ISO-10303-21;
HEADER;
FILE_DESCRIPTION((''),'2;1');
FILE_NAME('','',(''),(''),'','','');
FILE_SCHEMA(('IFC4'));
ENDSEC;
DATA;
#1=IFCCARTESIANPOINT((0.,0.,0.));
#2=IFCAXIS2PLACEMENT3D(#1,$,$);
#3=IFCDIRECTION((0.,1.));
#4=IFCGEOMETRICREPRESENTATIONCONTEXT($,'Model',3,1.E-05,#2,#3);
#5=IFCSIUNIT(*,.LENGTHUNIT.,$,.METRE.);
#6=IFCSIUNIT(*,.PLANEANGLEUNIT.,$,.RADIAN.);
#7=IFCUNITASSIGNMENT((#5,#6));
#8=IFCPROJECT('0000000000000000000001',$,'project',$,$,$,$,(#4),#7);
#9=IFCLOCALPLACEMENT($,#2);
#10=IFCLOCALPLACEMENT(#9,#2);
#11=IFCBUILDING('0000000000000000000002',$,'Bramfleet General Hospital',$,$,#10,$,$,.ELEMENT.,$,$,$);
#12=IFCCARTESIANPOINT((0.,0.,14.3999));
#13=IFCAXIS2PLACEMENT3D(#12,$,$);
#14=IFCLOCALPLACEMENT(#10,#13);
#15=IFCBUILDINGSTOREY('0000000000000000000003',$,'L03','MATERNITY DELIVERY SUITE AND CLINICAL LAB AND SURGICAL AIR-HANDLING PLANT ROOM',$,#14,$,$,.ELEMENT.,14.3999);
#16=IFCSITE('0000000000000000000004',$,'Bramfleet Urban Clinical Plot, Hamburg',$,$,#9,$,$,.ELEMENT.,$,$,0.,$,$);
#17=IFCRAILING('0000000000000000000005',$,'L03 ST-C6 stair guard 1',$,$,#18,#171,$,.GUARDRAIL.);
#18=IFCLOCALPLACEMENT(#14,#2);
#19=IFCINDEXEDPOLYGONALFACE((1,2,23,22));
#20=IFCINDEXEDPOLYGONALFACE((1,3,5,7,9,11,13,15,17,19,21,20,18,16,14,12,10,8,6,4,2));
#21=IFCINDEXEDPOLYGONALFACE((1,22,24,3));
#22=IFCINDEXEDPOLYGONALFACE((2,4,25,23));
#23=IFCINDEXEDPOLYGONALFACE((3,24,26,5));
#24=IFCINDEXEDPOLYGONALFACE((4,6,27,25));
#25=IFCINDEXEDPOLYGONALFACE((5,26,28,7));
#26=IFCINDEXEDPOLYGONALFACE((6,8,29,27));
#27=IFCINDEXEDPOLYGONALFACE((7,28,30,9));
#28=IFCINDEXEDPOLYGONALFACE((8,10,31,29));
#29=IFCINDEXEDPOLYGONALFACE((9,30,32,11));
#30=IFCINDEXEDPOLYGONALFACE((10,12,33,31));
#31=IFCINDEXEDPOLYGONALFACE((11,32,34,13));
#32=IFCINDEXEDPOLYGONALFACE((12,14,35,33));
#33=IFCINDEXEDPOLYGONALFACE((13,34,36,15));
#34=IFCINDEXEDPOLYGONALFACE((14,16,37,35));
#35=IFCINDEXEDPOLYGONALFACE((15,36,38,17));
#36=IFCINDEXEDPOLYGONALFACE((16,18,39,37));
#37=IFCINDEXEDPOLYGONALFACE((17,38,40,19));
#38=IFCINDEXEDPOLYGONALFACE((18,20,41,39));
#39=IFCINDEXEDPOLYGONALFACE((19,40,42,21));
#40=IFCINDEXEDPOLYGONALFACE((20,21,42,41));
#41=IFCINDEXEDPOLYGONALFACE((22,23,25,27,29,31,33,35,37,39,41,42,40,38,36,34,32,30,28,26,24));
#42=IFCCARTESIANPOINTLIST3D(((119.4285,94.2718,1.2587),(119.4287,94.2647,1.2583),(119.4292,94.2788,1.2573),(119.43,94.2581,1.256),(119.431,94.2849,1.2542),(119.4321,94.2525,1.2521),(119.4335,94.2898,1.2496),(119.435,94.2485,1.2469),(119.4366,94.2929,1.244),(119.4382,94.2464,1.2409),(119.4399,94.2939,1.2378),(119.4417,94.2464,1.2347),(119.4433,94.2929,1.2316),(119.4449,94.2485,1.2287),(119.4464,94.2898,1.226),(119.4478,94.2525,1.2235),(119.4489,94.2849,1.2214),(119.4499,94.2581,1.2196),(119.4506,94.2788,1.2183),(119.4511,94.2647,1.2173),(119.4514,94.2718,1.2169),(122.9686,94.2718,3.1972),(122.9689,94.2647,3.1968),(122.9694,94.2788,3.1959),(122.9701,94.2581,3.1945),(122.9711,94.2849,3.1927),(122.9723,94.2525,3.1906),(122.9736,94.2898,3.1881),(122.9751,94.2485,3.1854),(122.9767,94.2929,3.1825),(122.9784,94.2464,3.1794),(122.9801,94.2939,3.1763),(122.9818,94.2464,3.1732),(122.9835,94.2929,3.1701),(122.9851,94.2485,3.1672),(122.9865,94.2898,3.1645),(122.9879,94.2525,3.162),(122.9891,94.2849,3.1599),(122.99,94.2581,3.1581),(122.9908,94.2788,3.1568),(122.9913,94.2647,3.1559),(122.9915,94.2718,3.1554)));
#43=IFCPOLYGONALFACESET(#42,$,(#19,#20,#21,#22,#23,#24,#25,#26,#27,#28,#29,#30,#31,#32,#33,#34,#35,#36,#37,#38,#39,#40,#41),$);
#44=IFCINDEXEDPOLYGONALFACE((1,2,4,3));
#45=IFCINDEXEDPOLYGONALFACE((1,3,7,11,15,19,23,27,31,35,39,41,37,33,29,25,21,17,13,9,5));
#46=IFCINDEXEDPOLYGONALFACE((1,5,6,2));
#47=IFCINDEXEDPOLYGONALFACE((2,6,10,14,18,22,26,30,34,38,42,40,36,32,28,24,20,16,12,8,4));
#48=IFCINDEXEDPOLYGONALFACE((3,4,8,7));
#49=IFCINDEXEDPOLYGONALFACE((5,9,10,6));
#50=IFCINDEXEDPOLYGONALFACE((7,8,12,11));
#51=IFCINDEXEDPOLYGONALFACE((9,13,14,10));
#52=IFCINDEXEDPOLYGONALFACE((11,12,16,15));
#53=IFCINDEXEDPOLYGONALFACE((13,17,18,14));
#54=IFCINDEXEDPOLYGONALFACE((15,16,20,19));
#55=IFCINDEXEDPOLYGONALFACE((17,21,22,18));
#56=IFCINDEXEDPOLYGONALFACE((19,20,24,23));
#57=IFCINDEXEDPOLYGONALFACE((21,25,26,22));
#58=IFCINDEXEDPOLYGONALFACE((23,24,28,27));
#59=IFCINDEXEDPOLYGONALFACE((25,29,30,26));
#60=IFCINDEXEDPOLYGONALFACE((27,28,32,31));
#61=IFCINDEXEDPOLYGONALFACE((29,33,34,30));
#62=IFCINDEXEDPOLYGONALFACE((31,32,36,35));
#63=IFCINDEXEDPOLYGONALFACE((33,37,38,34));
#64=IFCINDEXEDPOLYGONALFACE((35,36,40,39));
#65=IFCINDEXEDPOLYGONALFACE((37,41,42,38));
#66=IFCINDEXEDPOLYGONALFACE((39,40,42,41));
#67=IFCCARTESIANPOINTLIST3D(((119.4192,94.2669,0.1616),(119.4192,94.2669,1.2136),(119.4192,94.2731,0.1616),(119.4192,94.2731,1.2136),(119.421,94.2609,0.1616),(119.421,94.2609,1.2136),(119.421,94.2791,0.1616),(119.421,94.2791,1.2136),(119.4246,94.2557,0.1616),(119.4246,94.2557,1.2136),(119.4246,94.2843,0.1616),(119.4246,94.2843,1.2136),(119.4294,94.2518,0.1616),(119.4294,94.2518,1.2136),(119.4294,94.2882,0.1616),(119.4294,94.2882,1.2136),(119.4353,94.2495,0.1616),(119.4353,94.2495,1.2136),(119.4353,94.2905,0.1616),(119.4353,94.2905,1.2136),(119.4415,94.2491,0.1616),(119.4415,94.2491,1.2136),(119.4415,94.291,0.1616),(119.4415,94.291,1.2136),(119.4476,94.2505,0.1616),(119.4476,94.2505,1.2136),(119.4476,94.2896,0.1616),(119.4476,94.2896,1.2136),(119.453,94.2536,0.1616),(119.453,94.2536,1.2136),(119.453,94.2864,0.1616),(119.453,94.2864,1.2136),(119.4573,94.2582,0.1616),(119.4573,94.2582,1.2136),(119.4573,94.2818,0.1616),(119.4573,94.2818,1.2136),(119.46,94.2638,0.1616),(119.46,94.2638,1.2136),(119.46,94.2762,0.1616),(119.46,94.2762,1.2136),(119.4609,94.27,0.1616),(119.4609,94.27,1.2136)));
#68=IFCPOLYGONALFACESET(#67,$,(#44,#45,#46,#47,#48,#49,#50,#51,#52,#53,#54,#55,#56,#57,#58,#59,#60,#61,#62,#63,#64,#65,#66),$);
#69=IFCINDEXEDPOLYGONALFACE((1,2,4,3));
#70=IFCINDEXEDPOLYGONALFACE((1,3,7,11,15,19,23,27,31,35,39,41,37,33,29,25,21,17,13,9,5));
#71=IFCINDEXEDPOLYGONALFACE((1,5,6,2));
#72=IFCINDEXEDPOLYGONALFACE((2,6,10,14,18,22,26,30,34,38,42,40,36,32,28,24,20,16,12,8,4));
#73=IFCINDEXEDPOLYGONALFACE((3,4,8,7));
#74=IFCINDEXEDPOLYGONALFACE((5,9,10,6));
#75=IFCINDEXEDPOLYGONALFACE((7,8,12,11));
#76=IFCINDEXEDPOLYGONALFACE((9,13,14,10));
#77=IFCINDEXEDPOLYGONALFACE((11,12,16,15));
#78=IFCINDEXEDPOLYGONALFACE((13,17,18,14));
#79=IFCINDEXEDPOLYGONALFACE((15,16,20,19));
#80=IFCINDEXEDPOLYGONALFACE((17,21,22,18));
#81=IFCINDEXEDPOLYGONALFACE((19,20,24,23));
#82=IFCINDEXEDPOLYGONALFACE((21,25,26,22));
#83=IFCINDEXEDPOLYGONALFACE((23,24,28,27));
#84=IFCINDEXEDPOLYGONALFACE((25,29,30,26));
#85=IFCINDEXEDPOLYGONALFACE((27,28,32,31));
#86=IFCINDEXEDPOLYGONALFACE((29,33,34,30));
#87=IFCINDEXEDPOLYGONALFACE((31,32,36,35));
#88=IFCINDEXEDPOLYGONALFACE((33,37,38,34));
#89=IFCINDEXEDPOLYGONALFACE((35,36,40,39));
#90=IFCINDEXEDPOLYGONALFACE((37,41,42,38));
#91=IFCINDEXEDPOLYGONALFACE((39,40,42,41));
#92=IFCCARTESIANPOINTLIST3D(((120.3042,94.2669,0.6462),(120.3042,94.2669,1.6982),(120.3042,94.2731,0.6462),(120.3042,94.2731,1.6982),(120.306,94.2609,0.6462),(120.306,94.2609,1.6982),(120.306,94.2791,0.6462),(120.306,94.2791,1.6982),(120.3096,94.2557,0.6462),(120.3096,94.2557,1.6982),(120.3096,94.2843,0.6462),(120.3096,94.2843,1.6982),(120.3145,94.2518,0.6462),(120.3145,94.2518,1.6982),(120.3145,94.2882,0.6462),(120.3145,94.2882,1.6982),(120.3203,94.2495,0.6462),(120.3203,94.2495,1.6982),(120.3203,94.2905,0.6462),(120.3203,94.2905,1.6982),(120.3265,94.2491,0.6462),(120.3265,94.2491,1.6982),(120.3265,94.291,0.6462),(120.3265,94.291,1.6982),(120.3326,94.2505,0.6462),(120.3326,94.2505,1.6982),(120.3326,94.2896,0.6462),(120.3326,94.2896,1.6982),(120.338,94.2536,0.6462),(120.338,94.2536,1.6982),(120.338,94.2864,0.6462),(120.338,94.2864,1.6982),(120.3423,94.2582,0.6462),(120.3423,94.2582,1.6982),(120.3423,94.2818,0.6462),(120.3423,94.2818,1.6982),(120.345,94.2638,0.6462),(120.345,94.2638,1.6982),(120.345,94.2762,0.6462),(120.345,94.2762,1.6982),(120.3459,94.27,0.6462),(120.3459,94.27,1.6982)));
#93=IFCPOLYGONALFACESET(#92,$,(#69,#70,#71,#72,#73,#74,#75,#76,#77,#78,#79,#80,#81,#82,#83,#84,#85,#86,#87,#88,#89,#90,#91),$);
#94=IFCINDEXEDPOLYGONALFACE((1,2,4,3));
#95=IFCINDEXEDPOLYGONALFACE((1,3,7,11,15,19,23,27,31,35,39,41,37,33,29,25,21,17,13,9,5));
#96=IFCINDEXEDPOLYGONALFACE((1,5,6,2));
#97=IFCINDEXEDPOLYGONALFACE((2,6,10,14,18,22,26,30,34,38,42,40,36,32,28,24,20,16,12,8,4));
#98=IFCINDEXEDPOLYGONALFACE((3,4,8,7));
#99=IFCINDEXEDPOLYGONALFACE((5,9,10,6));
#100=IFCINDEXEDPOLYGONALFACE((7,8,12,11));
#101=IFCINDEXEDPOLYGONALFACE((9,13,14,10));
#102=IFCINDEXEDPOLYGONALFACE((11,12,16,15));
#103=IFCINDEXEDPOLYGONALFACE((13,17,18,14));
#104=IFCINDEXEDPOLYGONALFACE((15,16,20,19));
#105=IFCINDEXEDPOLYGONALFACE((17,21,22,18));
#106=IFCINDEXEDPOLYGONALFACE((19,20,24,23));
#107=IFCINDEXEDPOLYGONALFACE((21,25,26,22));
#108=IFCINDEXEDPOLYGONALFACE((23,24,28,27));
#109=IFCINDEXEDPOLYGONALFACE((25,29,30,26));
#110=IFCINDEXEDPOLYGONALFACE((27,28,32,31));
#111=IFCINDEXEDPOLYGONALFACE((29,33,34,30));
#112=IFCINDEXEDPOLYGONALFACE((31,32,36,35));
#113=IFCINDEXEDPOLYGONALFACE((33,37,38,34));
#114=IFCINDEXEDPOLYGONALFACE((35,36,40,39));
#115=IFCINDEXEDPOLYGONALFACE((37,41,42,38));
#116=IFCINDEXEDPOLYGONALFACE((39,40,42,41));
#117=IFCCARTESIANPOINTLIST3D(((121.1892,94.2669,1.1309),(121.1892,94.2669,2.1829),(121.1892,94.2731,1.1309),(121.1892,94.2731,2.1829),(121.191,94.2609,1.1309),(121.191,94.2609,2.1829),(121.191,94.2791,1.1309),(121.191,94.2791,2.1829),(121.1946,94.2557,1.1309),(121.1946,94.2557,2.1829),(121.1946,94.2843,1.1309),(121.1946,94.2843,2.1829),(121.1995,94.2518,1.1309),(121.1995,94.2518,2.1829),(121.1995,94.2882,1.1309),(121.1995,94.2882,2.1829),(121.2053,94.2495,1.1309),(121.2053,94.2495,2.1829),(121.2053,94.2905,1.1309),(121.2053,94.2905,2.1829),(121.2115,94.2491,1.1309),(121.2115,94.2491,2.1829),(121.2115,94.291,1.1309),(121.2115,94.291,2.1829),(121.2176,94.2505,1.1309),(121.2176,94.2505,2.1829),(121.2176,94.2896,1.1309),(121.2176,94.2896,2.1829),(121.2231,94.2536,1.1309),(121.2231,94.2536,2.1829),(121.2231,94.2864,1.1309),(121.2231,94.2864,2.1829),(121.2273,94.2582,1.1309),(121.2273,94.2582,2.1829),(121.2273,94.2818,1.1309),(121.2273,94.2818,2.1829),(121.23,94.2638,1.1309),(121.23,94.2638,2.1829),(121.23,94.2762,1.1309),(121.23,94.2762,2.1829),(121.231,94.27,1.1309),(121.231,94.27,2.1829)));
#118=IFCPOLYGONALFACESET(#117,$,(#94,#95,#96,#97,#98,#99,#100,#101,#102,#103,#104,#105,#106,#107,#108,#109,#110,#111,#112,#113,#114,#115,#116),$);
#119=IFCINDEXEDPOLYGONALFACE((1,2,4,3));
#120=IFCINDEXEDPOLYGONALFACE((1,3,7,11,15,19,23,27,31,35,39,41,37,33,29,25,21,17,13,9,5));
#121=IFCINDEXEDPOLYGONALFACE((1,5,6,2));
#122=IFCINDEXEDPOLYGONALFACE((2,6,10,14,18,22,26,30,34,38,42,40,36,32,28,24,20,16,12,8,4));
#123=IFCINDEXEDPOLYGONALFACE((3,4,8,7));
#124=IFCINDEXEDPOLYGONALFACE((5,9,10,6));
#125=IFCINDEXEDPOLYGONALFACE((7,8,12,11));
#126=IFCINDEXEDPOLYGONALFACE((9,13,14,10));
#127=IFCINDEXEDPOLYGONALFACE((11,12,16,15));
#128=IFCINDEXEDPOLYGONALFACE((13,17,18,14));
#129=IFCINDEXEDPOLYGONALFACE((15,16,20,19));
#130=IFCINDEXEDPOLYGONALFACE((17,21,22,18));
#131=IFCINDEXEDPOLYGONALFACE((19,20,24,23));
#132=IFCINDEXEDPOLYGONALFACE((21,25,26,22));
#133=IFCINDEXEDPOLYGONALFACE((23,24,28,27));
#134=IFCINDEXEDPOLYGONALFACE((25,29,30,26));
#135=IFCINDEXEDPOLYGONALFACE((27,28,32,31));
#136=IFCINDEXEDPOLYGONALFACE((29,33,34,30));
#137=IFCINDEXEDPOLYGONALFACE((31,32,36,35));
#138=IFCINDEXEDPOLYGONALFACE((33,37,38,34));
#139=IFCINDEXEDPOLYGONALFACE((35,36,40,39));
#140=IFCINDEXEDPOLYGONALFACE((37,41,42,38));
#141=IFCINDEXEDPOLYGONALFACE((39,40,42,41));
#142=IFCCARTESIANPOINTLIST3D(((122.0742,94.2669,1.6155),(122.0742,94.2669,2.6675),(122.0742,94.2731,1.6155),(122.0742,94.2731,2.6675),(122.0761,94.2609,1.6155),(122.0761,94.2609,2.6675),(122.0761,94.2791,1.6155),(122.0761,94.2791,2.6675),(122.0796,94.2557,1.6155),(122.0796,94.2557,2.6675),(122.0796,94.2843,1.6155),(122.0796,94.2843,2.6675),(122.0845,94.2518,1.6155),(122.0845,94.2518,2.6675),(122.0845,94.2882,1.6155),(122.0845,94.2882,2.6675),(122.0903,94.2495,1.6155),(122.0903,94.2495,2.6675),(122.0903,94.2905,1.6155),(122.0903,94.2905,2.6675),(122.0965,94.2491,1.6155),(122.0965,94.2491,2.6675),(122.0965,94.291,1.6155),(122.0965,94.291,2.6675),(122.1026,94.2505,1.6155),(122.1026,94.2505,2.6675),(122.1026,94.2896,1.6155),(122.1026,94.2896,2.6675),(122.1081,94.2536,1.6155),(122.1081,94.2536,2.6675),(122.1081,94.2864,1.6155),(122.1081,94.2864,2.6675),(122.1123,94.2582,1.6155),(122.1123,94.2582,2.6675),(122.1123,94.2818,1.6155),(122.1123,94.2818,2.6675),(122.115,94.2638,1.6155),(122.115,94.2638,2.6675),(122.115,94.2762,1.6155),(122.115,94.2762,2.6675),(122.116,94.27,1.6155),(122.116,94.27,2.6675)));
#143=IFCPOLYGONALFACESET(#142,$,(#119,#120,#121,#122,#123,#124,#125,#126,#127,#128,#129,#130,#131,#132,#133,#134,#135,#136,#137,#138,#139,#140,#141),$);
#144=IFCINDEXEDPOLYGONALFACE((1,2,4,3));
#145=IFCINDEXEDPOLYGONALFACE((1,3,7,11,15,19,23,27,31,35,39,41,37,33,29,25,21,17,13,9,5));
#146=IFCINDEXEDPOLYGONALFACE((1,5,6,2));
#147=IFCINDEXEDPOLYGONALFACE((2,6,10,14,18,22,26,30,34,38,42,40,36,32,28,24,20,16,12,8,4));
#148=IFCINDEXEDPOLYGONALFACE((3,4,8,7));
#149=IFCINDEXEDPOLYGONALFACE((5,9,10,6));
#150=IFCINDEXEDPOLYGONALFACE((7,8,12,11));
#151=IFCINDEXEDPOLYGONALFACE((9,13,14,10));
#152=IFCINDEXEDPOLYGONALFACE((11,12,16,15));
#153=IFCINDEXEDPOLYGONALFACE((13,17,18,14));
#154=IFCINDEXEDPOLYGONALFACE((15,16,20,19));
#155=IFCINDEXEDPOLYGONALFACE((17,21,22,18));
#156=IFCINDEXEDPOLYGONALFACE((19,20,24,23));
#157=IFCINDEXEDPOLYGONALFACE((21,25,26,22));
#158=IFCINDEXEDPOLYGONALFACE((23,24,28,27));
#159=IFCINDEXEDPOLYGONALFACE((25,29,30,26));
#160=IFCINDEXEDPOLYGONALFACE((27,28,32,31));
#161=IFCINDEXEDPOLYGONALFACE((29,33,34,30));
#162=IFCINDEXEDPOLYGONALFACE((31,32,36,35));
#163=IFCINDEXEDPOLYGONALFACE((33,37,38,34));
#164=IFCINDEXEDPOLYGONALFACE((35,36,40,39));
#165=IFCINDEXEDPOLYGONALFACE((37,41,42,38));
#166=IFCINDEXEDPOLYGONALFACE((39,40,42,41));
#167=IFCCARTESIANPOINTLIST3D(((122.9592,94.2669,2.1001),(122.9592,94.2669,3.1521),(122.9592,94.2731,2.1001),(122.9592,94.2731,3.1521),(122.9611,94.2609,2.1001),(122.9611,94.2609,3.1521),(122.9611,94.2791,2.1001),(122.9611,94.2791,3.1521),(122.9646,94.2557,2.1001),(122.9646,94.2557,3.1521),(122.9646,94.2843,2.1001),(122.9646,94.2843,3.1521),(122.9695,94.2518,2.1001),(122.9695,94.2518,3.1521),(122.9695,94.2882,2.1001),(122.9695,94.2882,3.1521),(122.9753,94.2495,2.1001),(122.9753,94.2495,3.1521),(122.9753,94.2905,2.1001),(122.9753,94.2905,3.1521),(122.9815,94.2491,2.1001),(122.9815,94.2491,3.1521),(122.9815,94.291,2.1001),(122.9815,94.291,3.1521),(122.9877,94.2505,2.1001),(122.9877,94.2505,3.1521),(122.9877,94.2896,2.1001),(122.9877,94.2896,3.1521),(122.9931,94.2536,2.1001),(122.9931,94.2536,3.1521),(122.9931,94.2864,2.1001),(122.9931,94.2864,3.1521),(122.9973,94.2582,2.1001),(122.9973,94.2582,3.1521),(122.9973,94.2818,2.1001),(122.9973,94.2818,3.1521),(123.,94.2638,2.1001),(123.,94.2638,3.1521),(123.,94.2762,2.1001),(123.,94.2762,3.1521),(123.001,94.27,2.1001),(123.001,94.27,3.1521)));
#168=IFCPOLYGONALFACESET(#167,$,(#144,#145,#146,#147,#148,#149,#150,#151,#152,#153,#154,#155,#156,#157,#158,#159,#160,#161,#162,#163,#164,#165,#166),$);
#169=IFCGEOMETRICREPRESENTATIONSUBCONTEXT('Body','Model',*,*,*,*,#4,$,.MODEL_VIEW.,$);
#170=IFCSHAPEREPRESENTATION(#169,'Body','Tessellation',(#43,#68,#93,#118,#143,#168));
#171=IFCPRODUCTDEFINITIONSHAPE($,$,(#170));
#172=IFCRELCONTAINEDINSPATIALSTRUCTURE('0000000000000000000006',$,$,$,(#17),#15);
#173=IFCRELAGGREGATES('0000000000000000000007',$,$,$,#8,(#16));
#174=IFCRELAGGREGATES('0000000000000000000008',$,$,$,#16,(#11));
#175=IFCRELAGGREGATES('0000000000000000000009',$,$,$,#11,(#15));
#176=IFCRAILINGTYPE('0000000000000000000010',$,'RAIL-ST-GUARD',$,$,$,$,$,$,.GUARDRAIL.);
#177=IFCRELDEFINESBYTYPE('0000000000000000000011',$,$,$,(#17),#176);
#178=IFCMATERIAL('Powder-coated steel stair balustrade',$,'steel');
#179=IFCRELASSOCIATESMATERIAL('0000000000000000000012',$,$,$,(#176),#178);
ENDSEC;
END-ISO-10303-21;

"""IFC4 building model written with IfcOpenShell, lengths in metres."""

from ifc_helpers import new_model, si_unit, direction, frame, origin, origin_2d, place, context, subcontext, project, spatial, circle, extrude, material, type_object, element, save


model = new_model("IFC4")

# Units and contexts
model_context = context("Model", 3, precision=1e-05, world=origin(), true_north=direction((0.0, 1.0)))
body_context = subcontext(model_context, "Body", "Model", "MODEL_VIEW")
ifc_project = project(units=[si_unit("LENGTHUNIT", "METRE"), si_unit("PLANEANGLEUNIT", "RADIAN")], contexts=[model_context])

# Site, building, storey
site_placement = place(None, origin())
site = spatial("IfcSite", under=ifc_project, at=site_placement, Name="Bramfleet Urban Clinical Plot, Hamburg", CompositionType="ELEMENT", RefElevation=0.0)
building_placement = place(site_placement, origin())
building = spatial("IfcBuilding", under=site, at=building_placement, Name="Bramfleet General Hospital", CompositionType="ELEMENT")
storey_placement = place(building_placement, frame((0.0, 0.0, 14.3999)))
storey = spatial("IfcBuildingStorey", under=building, at=storey_placement, Name="L03", Description="MATERNITY DELIVERY SUITE AND CLINICAL LAB AND SURGICAL AIR-HANDLING PLANT ROOM", CompositionType="ELEMENT", Elevation=14.3999)

# Railing
ifc_material_1 = material(Name="Powder-coated steel stair balustrade", Category="steel")
railing_type_1 = type_object("IfcRailingType", Name="RAIL-ST-GUARD", PredefinedType="GUARDRAIL", material=ifc_material_1)
railing_1_placement = place(storey_placement, frame((119.4399, 94.27, 0.1616)))
element("IfcRailing", 1, at=railing_1_placement, inside=storey, type_object=railing_type_1, Name="L03 ST-C6 stair guard 1", PredefinedType="GUARDRAIL", context=body_context, shape_type="SweptSolid", body=[
    extrude(circle(Radius=0.0239, at=origin_2d()), frame((0.0, 0.0, 1.0762), z_axis=(0.877108, 0.0, 0.480292), x_axis=(0.0, 1.0, 0.0)), (0.0, 0.0, 1.0), 4.0361),
    extrude(circle(Radius=0.021, at=origin_2d()), origin(), (0.0, 0.0, 1.0), 1.052),
    extrude(circle(Radius=0.021, at=origin_2d()), frame((0.885, 0.0, 0.4846)), (0.0, 0.0, 1.0), 1.052),
    extrude(circle(Radius=0.021, at=origin_2d()), frame((1.77, 0.0, 0.9692)), (0.0, 0.0, 1.0), 1.052),
    extrude(circle(Radius=0.021, at=origin_2d()), frame((2.655, 0.0, 1.4539)), (0.0, 0.0, 1.0), 1.052),
    extrude(circle(Radius=0.021, at=origin_2d()), frame((3.54, 0.0, 1.9385)), (0.0, 0.0, 1.0), 1.052),
])

save(model, "model.ifc")
